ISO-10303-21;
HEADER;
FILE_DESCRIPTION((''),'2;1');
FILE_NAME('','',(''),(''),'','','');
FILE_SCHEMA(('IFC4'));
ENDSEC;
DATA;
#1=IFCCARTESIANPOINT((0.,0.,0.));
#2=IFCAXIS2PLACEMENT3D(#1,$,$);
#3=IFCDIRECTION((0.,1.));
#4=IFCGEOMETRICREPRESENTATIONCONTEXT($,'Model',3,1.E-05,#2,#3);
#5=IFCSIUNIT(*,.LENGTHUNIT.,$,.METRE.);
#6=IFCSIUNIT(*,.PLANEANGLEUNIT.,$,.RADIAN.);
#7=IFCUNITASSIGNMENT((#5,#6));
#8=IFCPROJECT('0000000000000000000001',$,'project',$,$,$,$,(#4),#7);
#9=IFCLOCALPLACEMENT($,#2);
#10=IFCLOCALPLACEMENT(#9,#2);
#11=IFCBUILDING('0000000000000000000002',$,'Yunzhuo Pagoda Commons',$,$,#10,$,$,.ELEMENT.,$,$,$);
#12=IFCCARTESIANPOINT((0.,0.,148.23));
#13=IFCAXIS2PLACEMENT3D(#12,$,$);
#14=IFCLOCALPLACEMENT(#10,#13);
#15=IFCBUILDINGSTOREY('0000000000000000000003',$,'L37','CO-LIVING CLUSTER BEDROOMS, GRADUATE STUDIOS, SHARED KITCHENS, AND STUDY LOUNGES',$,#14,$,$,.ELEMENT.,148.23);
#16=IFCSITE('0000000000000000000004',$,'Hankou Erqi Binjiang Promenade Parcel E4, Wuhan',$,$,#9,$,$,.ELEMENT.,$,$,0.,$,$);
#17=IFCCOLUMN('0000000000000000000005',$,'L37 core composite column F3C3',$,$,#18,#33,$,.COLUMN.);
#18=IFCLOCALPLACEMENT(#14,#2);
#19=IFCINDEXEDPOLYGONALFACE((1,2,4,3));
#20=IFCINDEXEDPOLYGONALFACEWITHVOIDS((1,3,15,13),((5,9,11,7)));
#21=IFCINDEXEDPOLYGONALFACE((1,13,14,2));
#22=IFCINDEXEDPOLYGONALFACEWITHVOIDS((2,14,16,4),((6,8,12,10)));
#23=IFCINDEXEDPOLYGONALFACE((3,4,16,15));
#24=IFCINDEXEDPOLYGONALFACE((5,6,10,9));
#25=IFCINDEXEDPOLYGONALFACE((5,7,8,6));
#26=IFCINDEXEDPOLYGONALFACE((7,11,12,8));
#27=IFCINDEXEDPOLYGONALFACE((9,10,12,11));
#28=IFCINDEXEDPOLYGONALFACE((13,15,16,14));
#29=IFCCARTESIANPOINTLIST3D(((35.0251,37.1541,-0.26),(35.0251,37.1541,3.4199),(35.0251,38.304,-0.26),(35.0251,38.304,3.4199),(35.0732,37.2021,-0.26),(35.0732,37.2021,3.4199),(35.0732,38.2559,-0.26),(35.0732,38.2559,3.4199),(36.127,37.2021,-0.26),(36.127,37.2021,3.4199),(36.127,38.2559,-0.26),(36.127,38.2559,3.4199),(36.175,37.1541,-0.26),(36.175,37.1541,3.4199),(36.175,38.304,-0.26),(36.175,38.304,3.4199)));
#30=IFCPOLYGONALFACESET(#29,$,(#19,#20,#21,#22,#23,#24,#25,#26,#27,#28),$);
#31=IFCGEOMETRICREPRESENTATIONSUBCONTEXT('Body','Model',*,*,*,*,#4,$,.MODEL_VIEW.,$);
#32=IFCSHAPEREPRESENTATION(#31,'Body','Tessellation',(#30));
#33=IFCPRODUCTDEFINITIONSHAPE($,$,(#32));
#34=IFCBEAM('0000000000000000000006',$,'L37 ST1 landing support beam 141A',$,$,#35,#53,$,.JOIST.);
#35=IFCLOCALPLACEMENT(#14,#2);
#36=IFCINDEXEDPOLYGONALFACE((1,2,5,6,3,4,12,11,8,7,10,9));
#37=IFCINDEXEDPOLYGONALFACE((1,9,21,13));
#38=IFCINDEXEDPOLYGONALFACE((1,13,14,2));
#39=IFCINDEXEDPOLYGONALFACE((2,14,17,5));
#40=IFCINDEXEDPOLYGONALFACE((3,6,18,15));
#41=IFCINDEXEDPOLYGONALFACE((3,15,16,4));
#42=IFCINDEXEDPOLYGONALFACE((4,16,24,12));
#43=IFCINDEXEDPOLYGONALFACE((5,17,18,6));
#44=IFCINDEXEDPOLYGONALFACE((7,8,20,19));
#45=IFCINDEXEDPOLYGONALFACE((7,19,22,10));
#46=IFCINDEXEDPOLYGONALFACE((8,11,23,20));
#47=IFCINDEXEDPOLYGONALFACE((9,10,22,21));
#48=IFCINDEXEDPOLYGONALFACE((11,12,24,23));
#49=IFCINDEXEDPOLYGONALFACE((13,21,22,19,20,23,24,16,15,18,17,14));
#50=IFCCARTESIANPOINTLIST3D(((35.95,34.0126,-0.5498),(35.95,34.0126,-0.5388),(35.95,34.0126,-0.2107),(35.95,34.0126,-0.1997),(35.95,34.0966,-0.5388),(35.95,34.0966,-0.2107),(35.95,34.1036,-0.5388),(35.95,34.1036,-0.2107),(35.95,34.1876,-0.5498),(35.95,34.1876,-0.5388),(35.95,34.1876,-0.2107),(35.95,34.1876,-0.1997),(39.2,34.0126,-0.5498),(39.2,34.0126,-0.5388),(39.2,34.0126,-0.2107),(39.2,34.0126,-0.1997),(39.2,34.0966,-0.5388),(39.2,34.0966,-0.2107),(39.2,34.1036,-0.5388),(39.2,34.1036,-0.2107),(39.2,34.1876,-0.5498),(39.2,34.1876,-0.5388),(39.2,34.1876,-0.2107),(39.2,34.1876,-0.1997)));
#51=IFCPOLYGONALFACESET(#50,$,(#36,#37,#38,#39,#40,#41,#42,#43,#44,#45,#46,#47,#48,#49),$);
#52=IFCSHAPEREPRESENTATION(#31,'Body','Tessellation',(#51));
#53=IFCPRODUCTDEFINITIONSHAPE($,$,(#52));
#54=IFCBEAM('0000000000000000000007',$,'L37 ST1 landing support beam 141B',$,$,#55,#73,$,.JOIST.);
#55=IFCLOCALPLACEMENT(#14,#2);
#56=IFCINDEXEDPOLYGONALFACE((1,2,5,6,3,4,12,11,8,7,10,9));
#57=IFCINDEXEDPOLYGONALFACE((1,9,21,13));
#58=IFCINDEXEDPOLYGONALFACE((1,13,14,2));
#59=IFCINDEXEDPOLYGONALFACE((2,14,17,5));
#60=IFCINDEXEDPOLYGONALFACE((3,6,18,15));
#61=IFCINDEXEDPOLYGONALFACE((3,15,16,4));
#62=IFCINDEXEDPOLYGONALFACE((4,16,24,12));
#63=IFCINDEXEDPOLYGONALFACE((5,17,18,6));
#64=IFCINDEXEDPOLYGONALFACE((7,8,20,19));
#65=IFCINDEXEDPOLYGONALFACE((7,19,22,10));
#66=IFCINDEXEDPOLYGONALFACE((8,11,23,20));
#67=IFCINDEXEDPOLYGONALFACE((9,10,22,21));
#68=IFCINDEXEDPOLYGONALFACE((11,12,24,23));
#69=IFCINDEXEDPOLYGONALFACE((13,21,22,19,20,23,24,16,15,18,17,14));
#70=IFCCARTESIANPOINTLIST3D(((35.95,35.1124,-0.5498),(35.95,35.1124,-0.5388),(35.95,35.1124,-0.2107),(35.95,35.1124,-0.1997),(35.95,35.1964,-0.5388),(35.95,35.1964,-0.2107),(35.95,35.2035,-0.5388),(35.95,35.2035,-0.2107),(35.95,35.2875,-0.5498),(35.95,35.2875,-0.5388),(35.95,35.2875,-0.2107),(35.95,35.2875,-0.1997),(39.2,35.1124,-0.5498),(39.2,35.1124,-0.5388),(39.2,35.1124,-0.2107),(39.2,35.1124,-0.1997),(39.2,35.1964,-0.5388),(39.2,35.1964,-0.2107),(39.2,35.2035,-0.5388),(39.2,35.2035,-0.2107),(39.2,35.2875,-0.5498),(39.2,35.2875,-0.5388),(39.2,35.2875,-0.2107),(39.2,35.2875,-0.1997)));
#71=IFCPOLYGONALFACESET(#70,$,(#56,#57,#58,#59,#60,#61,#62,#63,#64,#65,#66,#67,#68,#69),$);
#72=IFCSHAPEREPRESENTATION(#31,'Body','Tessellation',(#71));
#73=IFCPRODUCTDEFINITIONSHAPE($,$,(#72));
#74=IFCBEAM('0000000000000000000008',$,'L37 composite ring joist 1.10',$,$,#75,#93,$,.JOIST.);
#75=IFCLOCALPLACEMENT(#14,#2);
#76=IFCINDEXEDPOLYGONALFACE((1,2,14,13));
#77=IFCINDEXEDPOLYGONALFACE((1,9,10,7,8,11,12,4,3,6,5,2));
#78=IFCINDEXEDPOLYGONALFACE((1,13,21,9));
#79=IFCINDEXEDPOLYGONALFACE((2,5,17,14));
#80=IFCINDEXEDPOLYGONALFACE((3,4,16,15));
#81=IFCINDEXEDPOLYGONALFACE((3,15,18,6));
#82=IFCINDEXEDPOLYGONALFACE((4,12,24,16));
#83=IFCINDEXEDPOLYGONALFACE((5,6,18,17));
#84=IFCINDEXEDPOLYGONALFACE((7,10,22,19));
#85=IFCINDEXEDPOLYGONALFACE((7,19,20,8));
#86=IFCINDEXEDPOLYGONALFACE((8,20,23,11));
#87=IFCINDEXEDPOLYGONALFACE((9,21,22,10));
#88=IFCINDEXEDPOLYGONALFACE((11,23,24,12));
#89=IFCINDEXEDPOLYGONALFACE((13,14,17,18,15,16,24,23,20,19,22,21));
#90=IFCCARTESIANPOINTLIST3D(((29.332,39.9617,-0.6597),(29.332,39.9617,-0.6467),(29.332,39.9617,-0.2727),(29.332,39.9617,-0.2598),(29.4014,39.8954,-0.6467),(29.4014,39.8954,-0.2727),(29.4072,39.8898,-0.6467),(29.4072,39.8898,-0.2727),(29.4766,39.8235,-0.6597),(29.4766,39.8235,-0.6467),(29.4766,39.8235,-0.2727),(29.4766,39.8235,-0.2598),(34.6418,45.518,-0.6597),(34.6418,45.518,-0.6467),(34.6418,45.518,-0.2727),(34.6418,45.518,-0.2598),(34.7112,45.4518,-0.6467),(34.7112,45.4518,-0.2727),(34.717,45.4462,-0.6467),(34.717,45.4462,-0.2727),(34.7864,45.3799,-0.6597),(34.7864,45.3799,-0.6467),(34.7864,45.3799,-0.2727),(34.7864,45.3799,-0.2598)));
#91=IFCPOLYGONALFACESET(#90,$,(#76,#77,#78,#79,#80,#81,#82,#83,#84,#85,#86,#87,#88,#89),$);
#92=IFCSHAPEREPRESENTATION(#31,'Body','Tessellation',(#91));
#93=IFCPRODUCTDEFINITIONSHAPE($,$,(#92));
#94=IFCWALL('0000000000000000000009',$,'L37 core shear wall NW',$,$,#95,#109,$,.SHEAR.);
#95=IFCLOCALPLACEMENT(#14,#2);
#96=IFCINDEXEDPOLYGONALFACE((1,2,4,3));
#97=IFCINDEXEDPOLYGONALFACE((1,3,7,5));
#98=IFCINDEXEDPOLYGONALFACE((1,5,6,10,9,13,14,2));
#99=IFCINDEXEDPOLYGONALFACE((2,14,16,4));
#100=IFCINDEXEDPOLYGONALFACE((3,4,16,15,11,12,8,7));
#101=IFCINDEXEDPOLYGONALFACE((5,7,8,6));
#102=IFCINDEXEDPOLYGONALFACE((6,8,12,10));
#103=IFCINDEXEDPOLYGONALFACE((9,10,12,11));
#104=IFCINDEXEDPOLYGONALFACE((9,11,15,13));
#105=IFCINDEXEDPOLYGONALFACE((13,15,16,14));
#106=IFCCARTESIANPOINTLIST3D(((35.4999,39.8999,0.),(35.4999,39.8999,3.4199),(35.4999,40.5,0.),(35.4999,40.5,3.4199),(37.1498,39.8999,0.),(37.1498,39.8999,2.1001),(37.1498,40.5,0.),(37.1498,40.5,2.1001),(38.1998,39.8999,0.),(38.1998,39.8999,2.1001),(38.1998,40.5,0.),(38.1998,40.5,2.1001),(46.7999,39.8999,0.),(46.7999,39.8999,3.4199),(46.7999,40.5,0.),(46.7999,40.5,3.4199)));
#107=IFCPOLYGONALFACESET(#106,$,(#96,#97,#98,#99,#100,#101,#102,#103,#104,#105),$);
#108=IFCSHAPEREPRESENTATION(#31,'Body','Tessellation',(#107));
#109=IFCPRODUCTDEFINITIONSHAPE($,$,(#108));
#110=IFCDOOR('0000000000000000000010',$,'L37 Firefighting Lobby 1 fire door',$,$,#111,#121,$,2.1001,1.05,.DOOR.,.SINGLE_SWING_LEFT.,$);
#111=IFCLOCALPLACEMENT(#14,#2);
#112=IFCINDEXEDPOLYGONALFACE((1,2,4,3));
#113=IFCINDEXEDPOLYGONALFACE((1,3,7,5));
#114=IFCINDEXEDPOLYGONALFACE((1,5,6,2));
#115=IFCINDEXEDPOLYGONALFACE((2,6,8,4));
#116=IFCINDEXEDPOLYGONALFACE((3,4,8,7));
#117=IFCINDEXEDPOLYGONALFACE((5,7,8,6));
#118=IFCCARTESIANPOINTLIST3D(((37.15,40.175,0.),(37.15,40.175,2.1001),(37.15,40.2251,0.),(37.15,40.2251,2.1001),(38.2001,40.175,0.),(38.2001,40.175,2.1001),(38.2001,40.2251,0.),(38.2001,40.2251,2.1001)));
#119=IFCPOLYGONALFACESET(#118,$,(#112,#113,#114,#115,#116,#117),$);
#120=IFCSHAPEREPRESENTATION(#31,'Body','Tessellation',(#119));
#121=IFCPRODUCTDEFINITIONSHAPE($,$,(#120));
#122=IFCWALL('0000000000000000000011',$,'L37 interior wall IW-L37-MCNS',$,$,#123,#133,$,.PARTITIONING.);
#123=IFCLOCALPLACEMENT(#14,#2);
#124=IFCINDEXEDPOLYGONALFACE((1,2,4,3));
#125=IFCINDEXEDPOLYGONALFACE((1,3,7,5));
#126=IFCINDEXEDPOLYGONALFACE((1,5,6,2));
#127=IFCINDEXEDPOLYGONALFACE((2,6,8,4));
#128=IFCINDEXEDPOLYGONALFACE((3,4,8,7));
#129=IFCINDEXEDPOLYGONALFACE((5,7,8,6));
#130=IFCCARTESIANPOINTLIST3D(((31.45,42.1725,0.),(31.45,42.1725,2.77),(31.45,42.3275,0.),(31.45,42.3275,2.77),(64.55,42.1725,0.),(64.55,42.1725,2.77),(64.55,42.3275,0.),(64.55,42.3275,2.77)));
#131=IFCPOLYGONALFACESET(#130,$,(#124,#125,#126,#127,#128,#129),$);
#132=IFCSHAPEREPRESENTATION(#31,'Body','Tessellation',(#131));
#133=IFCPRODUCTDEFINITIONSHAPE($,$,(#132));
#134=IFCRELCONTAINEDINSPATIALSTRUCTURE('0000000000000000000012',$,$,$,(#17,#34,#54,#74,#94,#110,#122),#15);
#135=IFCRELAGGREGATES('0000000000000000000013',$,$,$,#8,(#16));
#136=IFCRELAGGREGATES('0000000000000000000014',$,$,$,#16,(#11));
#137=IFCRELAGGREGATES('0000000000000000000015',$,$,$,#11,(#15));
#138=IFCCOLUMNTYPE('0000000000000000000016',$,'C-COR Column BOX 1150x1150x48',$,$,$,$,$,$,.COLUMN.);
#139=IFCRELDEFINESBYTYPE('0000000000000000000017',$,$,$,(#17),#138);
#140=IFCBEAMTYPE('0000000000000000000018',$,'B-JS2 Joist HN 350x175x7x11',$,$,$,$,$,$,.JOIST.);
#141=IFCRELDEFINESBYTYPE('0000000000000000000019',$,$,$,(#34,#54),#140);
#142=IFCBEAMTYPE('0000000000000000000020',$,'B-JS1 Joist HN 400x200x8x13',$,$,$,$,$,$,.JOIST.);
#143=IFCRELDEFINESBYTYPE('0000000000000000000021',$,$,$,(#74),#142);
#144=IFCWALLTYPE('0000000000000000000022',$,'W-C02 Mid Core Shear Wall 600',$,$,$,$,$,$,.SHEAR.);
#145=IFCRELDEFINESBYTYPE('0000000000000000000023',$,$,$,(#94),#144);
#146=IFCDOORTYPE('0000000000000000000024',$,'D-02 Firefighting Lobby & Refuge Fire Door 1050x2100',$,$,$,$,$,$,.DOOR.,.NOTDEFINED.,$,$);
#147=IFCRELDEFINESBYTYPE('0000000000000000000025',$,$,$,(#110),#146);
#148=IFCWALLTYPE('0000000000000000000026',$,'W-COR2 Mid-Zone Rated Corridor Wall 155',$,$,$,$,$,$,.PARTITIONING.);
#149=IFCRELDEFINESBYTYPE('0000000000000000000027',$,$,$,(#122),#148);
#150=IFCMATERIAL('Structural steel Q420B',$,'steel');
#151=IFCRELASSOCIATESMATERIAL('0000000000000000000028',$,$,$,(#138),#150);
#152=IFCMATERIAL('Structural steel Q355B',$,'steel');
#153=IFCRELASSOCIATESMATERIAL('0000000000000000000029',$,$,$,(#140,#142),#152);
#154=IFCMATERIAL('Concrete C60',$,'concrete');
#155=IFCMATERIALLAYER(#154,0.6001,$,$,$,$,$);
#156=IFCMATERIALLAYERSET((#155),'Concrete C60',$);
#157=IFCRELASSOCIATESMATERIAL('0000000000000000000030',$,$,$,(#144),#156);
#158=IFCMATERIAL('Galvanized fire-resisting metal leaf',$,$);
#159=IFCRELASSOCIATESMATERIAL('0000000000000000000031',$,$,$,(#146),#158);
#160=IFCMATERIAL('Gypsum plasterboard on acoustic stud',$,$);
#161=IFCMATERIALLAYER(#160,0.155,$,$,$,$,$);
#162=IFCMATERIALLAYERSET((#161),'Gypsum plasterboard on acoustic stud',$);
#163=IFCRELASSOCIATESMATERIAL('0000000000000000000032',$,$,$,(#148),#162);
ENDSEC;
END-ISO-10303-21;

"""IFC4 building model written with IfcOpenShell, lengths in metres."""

from ifc_helpers import new_model, si_unit, direction, frame, frame_2d, origin, origin_2d, place, context, subcontext, project, spatial, rectangle, hollow_rectangle, i_section, extrude, source, transform, mapped, material, layer, layer_set, material_profile, profile_set, type_object, element, fill, save


model = new_model("IFC4")

# Units and contexts
model_context = context("Model", 3, precision=1e-05, world=origin(), true_north=direction((0.0, 1.0)))
body_context = subcontext(model_context, "Body", "Model", "MODEL_VIEW")
ifc_project = project(units=[si_unit("LENGTHUNIT", "METRE"), si_unit("PLANEANGLEUNIT", "RADIAN")], contexts=[model_context])

# Site, building, storey
site_placement = place(None, origin())
site = spatial("IfcSite", under=ifc_project, at=site_placement, Name="Hankou Erqi Binjiang Promenade Parcel E4, Wuhan", CompositionType="ELEMENT", RefElevation=0.0)
building_placement = place(site_placement, origin())
building = spatial("IfcBuilding", under=site, at=building_placement, Name="Yunzhuo Pagoda Commons", CompositionType="ELEMENT")
storey_placement = place(building_placement, frame((0.0, 0.0, 148.23)))
storey = spatial("IfcBuildingStorey", under=building, at=storey_placement, Name="L37", Description="CO-LIVING CLUSTER BEDROOMS, GRADUATE STUDIOS, SHARED KITCHENS, AND STUDY LOUNGES", CompositionType="ELEMENT", Elevation=148.23)

# Column
ifc_material_1 = material(Name="Structural steel Q420B", Category="steel")
ifc_material_profile_1 = material_profile(ifc_material_1, hollow_rectangle(XDim=1.1499, YDim=1.1499, WallThickness=0.0481, at=origin_2d()), Name="Structural steel Q420B")
ifc_profile_set_1 = profile_set([ifc_material_profile_1], Name="Structural steel Q420B")
column_type = type_object("IfcColumnType", Name="C-COR Column BOX 1150x1150x48", PredefinedType="COLUMN", material=ifc_profile_set_1)
shared_shape_1 = source(origin(), body_context, "Body", "SweptSolid", [
    extrude(hollow_rectangle(XDim=1.1499, YDim=1.1499, WallThickness=0.0481, at=origin_2d()), origin(), (0.0, 0.0, 1.0), 3.6799),
])
column_placement = place(storey_placement, frame((35.6001, 37.729, -0.26), z_axis=(0.0, 0.0, 1.0), x_axis=(1.0, 0.0, 0.0)))
element("IfcColumn", 1, at=column_placement, inside=storey, type_object=column_type, Name="L37 core composite column F3C3", PredefinedType="COLUMN", context=body_context, shape_type="MappedRepresentation", body=[
    mapped(shared_shape_1, transform((0.0, 0.0, 0.0), scale=1.0)),
])

# Beams
ifc_material_2 = material(Name="Structural steel Q355B", Category="steel")
ifc_material_profile_2 = material_profile(ifc_material_2, i_section(OverallWidth=0.175, OverallDepth=0.3501, WebThickness=0.0071, FlangeThickness=0.011, at=origin_2d()), Name="Structural steel Q355B")
ifc_profile_set_2 = profile_set([ifc_material_profile_2], Name="Structural steel Q355B")
beam_type_1 = type_object("IfcBeamType", Name="B-JS2 Joist HN 350x175x7x11", PredefinedType="JOIST", material=ifc_profile_set_2)
shared_shape_2 = source(origin(), body_context, "Body", "SweptSolid", [
    extrude(i_section(OverallWidth=0.175, OverallDepth=0.3501, WebThickness=0.0071, FlangeThickness=0.011, at=origin_2d()), origin(), (0.0, 0.0, 1.0), 3.25),
])
for number, where, z_axis, x_axis, name in (
    (2, (35.95, 34.1001, -0.3748), (1.0, 0.0, 0.0), (0.0, 1.0, 0.0), "L37 ST1 landing support beam 141A"),
    (3, (35.95, 35.2, -0.3748), (1.0, 0.0, 0.0), (0.0, 1.0, 0.0), "L37 ST1 landing support beam 141B"),
):
    element("IfcBeam", number, at=place(storey_placement, frame(where, z_axis=z_axis, x_axis=x_axis)), inside=storey, type_object=beam_type_1, Name=name, PredefinedType="JOIST", context=body_context, shape_type="MappedRepresentation", body=[
        mapped(shared_shape_2, transform((0.0, 0.0, 0.0), scale=1.0)),
    ])
ifc_material_profile_3 = material_profile(ifc_material_2, i_section(OverallWidth=0.2, OverallDepth=0.3999, WebThickness=0.0081, FlangeThickness=0.0129, at=origin_2d()), Name="Structural steel Q355B")
ifc_profile_set_3 = profile_set([ifc_material_profile_3], Name="Structural steel Q355B")
beam_type_2 = type_object("IfcBeamType", Name="B-JS1 Joist HN 400x200x8x13", PredefinedType="JOIST", material=ifc_profile_set_3)
shared_shape_3 = source(origin(), body_context, "Body", "SweptSolid", [
    extrude(i_section(OverallWidth=0.2, OverallDepth=0.3999, WebThickness=0.0081, FlangeThickness=0.0129, at=origin_2d()), origin(), (0.0, 0.0, 1.0), 7.6855),
])
beam_placement = place(storey_placement, frame((34.7141, 45.449, -0.4597), z_axis=(-0.690883, -0.722967, 0.0), x_axis=(0.722967, -0.690883, 0.0)))
element("IfcBeam", 4, at=beam_placement, inside=storey, type_object=beam_type_2, Name="L37 composite ring joist 1.10", PredefinedType="JOIST", context=body_context, shape_type="MappedRepresentation", body=[
    mapped(shared_shape_3, transform((0.0, 0.0, 0.0), scale=1.0)),
])

# Wall, opening, door
ifc_material_3 = material(Name="Concrete C60", Category="concrete")
ifc_layer_1 = layer(ifc_material_3, 0.6001)
ifc_layer_set_1 = layer_set([ifc_layer_1], Name="Concrete C60")
wall_type_1 = type_object("IfcWallType", Name="W-C02 Mid Core Shear Wall 600", PredefinedType="SHEAR", material=ifc_layer_set_1)
wall_1_placement = place(storey_placement, frame((35.5, 40.2, 0.0), z_axis=(0.0, 0.0, 1.0), x_axis=(1.0, 0.0, 0.0)))
wall_1 = element("IfcWall", 5, at=wall_1_placement, inside=storey, type_object=wall_type_1, Name="L37 core shear wall NW", PredefinedType="SHEAR", context=body_context, shape_type="SweptSolid", body=[
    extrude(rectangle(XDim=11.3, YDim=0.6001, at=frame_2d((5.6499, 0.0))), origin(), (0.0, 0.0, 1.0), 3.4199),
])
opening_1_placement = place(wall_1_placement, frame((1.6499, 0.0, 0.0)))
opening_1 = element("IfcOpeningElement", 6, at=opening_1_placement, cuts=wall_1, PredefinedType="OPENING", context=body_context, shape_type="SweptSolid", body=[
    extrude(rectangle(XDim=1.05, YDim=2.1001, at=frame_2d((0.5249, 1.05))), frame((0.0, 0.3101, 0.0), z_axis=(0.0, -1.0, 0.0), x_axis=(1.0, 0.0, 0.0)), (0.0, 0.0, 1.0), 0.6201),
])
ifc_material_4 = material(Name="Galvanized fire-resisting metal leaf")
door_type_1 = type_object("IfcDoorType", Name="D-02 Firefighting Lobby & Refuge Fire Door 1050x2100", OperationType="NOTDEFINED", PredefinedType="DOOR", material=ifc_material_4)
shared_shape_4 = source(origin(), body_context, "Body", "SweptSolid", [
    extrude(rectangle(XDim=1.05, YDim=2.1001, at=frame_2d((0.5249, 1.05))), frame((0.0, 0.0249, 0.0), z_axis=(0.0, -1.0, 0.0), x_axis=(1.0, 0.0, 0.0)), (0.0, 0.0, 1.0), 0.05),
])
door_1_placement = place(opening_1_placement, frame((1.05, 0.0, 0.0), z_axis=(0.0, 0.0, 1.0), x_axis=(-1.0, 0.0, 0.0)))
door_1 = element("IfcDoor", 7, at=door_1_placement, inside=storey, type_object=door_type_1, Name="L37 Firefighting Lobby 1 fire door", OperationType="SINGLE_SWING_LEFT", OverallHeight=2.1001, OverallWidth=1.05, PredefinedType="DOOR", context=body_context, shape_type="MappedRepresentation", body=[
    mapped(shared_shape_4, transform((0.0, 0.0, 0.0), scale=1.0)),
])
fill(opening_1, door_1)

# Wall
ifc_material_5 = material(Name="Gypsum plasterboard on acoustic stud")
ifc_layer_2 = layer(ifc_material_5, 0.155)
ifc_layer_set_2 = layer_set([ifc_layer_2], Name="Gypsum plasterboard on acoustic stud")
wall_type_2 = type_object("IfcWallType", Name="W-COR2 Mid-Zone Rated Corridor Wall 155", PredefinedType="PARTITIONING", material=ifc_layer_set_2)
wall_2_placement = place(storey_placement, frame((31.45, 42.25, 0.0), z_axis=(0.0, 0.0, 1.0), x_axis=(1.0, 0.0, 0.0)))
element("IfcWall", 8, at=wall_2_placement, inside=storey, type_object=wall_type_2, Name="L37 interior wall IW-L37-MCNS", PredefinedType="PARTITIONING", context=body_context, shape_type="SweptSolid", body=[
    extrude(rectangle(XDim=33.1001, YDim=0.155, at=frame_2d((16.55, 0.0))), origin(), (0.0, 0.0, 1.0), 2.77),
])

save(model, "model.ifc")
